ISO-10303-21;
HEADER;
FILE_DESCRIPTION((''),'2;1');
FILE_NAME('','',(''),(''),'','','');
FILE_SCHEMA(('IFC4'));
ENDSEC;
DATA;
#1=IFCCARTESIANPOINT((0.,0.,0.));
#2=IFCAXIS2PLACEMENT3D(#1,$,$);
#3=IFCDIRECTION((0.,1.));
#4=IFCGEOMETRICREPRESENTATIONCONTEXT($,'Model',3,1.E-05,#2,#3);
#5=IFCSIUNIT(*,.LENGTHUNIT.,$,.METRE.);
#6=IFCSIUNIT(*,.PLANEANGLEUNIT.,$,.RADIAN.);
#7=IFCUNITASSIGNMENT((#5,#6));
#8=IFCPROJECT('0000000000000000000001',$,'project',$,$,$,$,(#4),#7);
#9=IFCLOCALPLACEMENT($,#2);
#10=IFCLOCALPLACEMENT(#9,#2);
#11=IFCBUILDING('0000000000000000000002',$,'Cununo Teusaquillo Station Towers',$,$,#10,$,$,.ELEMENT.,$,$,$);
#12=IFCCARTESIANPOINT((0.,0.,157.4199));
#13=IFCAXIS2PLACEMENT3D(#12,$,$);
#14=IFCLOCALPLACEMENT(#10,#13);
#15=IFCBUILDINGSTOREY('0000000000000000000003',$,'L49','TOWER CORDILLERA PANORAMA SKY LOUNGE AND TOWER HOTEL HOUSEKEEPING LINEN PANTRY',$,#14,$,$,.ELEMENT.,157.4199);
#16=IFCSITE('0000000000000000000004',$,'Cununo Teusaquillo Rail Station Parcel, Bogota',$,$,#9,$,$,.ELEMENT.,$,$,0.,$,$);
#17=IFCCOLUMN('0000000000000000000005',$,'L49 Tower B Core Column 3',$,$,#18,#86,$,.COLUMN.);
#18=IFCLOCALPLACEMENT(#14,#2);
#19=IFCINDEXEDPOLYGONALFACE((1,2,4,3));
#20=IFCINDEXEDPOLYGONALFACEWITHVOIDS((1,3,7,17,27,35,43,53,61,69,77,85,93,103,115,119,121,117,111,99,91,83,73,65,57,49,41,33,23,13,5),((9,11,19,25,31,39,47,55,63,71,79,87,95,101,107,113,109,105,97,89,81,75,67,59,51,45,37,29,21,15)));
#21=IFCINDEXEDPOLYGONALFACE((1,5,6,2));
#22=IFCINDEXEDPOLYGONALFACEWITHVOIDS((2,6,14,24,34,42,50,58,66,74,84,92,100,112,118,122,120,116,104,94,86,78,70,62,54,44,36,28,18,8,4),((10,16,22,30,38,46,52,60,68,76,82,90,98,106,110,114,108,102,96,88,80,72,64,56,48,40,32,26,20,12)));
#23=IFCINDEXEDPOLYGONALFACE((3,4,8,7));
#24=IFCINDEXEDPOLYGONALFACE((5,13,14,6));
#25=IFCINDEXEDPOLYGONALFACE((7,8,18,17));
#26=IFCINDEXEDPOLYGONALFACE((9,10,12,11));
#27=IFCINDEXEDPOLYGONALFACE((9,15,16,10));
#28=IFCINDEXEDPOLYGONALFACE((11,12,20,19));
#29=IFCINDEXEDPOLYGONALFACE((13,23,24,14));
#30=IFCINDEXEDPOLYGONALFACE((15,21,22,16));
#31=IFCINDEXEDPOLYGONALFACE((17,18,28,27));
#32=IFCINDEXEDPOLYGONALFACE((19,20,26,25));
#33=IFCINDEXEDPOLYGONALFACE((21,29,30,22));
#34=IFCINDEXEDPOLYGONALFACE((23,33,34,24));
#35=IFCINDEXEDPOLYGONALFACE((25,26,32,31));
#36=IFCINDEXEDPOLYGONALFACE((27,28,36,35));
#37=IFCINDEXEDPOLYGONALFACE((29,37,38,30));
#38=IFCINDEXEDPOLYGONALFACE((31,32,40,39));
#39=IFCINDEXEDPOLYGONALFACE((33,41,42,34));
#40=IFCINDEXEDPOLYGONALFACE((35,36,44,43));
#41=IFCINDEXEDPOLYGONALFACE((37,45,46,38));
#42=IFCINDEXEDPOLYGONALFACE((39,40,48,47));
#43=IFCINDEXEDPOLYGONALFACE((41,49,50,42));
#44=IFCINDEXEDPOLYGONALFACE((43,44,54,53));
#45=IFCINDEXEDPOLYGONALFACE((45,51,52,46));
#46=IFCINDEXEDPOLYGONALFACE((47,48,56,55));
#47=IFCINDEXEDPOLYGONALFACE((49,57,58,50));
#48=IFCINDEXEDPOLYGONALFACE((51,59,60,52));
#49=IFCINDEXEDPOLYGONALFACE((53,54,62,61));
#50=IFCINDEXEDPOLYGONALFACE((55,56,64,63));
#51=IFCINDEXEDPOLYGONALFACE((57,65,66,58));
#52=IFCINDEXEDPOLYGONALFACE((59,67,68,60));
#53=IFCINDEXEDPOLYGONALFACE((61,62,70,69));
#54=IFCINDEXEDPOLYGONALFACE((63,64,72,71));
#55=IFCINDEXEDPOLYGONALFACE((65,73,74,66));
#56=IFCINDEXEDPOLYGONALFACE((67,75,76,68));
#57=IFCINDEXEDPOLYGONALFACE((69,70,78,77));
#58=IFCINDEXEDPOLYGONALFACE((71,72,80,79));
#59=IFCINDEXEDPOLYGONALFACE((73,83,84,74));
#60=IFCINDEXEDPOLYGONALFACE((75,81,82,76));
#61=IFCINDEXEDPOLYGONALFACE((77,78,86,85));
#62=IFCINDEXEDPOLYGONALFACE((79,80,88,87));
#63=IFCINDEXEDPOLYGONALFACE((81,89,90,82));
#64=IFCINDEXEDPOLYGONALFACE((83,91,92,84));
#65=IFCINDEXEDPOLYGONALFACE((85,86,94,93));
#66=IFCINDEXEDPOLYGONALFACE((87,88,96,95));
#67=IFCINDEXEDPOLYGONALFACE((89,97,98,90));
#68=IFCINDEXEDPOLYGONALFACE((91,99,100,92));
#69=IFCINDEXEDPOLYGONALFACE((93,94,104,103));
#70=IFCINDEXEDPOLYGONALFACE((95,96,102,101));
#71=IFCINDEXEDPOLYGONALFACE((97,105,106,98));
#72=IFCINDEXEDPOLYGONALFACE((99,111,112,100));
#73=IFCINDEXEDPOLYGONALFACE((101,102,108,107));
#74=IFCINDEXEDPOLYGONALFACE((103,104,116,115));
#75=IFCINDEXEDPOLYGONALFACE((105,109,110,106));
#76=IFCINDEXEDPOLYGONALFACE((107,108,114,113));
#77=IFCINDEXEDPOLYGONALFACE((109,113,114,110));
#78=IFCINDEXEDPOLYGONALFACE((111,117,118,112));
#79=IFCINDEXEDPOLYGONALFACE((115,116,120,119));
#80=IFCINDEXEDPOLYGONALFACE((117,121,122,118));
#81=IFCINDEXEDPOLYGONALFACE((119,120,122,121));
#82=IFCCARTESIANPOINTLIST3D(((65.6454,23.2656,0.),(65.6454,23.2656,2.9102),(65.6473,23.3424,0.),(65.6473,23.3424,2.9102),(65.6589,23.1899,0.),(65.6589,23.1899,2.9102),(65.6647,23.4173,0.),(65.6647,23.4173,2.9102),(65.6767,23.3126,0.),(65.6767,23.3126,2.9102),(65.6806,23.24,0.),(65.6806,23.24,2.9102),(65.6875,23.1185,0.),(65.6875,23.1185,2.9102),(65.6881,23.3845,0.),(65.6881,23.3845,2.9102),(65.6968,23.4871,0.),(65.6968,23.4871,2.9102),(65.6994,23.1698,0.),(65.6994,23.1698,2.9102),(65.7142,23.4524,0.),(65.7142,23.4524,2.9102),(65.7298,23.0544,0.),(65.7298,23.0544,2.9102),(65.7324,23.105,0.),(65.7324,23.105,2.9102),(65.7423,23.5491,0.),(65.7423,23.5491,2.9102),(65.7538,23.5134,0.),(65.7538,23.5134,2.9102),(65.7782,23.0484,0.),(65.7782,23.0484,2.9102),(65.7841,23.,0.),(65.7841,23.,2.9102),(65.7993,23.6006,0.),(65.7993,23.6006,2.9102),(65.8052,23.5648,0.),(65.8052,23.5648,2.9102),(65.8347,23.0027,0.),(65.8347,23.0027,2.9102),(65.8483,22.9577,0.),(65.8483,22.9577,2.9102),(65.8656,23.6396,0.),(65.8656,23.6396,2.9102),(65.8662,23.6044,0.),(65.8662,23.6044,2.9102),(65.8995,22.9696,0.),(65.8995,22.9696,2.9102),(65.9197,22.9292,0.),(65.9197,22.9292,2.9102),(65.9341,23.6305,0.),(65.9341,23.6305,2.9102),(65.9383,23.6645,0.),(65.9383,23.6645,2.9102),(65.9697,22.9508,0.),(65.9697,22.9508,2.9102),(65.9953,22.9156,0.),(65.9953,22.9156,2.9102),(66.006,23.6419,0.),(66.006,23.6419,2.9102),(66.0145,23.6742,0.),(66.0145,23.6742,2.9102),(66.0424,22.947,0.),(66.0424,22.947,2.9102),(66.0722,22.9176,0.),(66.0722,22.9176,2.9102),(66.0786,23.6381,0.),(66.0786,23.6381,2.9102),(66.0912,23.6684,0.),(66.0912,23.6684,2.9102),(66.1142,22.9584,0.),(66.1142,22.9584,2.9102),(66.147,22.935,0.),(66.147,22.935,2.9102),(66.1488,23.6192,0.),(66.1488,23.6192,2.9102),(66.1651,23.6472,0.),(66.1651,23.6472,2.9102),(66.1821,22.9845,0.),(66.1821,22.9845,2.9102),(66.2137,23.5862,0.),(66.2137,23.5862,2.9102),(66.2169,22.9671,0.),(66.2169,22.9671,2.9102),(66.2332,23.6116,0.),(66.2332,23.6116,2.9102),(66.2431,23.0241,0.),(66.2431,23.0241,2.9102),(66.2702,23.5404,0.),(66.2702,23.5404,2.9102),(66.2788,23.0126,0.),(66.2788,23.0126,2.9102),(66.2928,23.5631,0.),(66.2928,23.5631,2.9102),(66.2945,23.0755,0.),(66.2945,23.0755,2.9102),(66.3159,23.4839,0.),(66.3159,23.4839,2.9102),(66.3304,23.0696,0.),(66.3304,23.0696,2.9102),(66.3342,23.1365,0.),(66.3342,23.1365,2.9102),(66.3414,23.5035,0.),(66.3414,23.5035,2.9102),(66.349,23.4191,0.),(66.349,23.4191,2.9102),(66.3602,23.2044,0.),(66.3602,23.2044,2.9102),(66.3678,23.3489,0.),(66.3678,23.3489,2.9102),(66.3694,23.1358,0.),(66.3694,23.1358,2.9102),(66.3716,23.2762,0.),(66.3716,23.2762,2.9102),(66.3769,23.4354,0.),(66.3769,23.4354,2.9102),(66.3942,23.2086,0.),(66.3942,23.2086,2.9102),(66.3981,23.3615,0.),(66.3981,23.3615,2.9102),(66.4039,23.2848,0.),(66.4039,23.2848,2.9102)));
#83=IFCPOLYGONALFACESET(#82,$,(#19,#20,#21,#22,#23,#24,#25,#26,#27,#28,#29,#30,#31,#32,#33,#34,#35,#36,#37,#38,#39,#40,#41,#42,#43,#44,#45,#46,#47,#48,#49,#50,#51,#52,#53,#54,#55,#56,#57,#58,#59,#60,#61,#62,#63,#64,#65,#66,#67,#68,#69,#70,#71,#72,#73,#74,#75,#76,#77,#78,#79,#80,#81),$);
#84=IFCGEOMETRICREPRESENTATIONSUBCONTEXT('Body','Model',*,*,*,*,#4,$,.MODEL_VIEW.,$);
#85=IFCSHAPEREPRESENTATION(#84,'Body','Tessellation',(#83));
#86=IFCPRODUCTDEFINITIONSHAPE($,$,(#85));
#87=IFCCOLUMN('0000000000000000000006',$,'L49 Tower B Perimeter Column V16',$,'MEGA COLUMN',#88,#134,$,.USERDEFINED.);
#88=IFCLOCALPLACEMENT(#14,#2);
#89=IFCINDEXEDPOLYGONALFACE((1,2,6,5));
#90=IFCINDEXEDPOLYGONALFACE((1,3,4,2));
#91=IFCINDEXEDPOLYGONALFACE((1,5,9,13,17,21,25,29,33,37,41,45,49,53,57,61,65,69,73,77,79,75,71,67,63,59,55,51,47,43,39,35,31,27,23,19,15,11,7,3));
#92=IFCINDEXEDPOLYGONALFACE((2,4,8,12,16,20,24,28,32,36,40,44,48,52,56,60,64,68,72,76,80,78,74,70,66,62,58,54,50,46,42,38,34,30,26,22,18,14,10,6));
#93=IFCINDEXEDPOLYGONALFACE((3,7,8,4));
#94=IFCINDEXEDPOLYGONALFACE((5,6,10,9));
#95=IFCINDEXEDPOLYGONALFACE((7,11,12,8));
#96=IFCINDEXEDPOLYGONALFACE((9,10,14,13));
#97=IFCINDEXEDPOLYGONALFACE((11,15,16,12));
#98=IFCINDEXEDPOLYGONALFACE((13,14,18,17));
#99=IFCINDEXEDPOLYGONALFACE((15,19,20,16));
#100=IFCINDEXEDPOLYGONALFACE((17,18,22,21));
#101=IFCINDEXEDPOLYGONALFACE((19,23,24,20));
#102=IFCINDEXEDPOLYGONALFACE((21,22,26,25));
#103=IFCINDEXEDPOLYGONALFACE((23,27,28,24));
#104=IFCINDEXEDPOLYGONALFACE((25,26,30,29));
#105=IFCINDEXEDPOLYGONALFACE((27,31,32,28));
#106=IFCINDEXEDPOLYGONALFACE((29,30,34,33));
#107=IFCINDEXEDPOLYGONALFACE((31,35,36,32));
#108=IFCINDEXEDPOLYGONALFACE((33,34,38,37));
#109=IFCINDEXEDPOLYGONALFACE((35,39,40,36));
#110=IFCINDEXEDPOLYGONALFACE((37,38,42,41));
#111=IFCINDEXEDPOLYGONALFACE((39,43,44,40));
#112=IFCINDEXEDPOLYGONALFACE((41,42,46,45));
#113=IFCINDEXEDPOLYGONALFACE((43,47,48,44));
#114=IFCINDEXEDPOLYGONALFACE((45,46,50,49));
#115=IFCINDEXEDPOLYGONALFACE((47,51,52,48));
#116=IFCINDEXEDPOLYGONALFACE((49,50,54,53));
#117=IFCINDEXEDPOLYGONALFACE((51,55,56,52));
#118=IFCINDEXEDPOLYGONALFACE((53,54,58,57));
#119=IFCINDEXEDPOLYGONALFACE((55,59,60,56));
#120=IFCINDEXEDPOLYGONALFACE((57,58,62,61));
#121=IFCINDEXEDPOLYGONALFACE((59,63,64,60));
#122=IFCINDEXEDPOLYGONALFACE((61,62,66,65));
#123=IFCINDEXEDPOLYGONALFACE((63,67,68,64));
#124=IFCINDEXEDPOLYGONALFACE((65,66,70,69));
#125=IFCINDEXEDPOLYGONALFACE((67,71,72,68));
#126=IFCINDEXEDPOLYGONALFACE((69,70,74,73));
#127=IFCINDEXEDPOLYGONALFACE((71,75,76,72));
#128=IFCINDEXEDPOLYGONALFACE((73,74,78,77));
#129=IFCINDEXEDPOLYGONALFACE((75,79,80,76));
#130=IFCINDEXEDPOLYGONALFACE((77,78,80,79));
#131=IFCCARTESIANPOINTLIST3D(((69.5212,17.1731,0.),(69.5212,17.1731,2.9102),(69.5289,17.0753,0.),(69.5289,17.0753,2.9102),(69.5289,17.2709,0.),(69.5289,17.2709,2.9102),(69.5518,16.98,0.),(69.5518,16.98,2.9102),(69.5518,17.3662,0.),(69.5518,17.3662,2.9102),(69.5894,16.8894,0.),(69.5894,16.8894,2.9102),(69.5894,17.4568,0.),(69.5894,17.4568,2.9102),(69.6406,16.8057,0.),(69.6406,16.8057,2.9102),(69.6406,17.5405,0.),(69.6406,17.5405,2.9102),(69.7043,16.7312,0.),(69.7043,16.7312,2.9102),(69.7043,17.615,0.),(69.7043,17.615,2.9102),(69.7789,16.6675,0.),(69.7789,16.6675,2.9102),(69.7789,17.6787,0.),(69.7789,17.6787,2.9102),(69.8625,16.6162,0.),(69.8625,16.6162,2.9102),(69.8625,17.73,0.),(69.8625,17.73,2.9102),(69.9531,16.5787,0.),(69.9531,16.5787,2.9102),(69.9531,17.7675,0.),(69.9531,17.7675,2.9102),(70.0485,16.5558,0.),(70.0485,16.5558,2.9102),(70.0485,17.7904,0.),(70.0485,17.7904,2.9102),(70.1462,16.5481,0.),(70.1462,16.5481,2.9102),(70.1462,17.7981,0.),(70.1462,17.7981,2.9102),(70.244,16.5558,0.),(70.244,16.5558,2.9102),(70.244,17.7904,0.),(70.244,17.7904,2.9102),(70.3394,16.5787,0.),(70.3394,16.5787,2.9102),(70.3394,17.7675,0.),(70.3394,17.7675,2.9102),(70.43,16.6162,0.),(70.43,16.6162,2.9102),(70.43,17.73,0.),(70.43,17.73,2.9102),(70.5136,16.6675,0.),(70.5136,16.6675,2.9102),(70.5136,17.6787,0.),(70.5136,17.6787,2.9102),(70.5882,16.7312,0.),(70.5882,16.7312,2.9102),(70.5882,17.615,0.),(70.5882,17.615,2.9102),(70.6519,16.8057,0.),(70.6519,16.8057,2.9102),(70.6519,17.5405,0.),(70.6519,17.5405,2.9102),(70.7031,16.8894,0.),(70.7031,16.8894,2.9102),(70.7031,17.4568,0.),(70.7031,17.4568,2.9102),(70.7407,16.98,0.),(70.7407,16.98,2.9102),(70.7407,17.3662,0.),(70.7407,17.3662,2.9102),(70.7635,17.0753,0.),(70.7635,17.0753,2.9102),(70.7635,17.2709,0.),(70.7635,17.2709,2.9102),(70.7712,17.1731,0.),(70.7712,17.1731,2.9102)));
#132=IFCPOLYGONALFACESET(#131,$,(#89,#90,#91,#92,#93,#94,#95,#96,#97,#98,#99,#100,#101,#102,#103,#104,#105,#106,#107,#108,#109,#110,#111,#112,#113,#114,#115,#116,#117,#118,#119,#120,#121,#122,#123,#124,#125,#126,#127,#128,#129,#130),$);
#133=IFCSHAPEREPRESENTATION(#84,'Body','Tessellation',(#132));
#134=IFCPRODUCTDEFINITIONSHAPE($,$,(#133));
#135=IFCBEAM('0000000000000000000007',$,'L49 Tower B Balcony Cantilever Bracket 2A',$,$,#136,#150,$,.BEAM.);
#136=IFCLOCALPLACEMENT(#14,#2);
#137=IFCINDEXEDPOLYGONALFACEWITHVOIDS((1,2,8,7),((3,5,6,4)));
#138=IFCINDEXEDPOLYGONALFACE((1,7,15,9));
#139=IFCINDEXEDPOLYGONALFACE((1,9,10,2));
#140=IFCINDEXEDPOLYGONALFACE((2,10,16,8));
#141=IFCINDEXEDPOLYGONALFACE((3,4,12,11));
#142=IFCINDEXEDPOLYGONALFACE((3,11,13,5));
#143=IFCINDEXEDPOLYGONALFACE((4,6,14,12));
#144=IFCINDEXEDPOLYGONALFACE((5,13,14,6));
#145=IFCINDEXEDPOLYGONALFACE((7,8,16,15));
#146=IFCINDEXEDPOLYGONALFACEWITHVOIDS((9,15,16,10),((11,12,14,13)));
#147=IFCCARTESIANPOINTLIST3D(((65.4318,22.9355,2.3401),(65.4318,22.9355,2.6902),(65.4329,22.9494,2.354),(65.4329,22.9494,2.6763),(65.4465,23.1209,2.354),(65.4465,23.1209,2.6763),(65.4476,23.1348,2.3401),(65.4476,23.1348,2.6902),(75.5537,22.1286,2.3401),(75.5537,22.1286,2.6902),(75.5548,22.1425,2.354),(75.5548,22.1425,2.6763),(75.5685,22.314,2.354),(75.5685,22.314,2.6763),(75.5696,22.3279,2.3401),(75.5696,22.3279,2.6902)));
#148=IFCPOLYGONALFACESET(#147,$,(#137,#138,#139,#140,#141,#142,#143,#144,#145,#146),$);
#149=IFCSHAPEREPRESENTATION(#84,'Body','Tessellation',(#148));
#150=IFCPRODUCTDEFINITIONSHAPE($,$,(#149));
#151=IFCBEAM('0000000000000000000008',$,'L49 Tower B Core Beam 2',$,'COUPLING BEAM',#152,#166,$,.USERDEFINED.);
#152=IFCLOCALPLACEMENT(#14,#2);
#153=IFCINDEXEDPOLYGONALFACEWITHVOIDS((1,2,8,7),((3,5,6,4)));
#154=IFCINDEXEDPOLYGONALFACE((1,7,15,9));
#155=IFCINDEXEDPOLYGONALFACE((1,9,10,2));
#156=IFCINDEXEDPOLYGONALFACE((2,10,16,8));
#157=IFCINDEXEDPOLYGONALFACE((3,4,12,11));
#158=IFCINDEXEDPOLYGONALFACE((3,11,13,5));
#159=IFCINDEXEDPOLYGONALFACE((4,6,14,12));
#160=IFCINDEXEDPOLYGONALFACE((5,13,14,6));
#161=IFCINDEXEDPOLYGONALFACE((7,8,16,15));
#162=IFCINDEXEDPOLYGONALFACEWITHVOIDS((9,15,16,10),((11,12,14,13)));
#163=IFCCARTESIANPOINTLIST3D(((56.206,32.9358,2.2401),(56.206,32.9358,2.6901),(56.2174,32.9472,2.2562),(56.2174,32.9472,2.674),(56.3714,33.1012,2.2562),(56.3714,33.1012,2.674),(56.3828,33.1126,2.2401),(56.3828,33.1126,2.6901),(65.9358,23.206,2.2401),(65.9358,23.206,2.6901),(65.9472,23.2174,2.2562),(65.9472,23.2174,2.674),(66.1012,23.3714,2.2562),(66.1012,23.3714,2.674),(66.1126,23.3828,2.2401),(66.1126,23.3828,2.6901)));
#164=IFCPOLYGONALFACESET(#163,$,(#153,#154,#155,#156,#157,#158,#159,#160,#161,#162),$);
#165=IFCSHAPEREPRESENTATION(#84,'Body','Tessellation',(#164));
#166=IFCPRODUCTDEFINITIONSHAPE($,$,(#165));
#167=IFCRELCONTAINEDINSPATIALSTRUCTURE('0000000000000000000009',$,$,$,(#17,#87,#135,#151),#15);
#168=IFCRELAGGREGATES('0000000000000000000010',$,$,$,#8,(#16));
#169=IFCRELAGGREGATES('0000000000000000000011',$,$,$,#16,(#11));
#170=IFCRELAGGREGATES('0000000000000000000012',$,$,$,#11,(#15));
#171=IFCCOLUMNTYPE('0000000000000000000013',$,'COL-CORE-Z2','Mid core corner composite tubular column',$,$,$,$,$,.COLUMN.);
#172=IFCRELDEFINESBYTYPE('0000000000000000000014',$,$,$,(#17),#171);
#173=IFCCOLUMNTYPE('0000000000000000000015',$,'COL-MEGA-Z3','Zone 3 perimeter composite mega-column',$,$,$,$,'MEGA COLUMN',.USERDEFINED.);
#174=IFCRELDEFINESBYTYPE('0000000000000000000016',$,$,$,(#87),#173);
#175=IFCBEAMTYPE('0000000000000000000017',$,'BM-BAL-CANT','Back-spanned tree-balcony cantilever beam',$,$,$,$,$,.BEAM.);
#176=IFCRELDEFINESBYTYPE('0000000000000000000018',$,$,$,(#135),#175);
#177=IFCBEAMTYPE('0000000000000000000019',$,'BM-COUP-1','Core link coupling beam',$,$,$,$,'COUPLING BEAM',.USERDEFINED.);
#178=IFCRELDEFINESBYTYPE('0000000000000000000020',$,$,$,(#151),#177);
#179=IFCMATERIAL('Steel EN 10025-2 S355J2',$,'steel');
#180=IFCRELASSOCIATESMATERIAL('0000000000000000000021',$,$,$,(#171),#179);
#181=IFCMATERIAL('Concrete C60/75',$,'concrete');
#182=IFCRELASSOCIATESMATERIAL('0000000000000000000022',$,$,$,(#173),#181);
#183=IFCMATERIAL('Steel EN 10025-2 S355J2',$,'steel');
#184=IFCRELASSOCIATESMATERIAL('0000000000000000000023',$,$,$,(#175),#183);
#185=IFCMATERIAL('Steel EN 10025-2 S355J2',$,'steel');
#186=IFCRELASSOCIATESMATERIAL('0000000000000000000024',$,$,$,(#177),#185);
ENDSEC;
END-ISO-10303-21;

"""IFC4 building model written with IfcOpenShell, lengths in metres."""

from ifc_helpers import new_model, si_unit, direction, frame, origin, origin_2d, place, context, subcontext, project, spatial, hollow_rectangle, circle, hollow_circle, extrude, material, material_profile, profile_set, type_object, element, save


model = new_model("IFC4")

# Units and contexts
model_context = context("Model", 3, precision=1e-05, world=origin(), true_north=direction((0.0, 1.0)))
body_context = subcontext(model_context, "Body", "Model", "MODEL_VIEW")
ifc_project = project(units=[si_unit("LENGTHUNIT", "METRE"), si_unit("PLANEANGLEUNIT", "RADIAN")], contexts=[model_context])

# Site, building, storey
site_placement = place(None, origin())
site = spatial("IfcSite", under=ifc_project, at=site_placement, Name="Cununo Teusaquillo Rail Station Parcel, Bogota", CompositionType="ELEMENT", RefElevation=0.0)
building_placement = place(site_placement, origin())
building = spatial("IfcBuilding", under=site, at=building_placement, Name="Cununo Teusaquillo Station Towers", CompositionType="ELEMENT")
storey_placement = place(building_placement, frame((0.0, 0.0, 157.4199)))
storey = spatial("IfcBuildingStorey", under=building, at=storey_placement, Name="L49", Description="TOWER CORDILLERA PANORAMA SKY LOUNGE AND TOWER HOTEL HOUSEKEEPING LINEN PANTRY", CompositionType="ELEMENT", Elevation=157.4199)

# Columns
ifc_material_1 = material(Name="Steel EN 10025-2 S355J2", Category="steel")
ifc_material_profile_1 = material_profile(ifc_material_1, hollow_circle(Radius=0.3799, WallThickness=0.032, at=origin_2d()), Name="CHS 760x32")
ifc_profile_set_1 = profile_set([ifc_material_profile_1], Name="Steel EN 10025-2 S355J2")
column_type_1 = type_object("IfcColumnType", Name="COL-CORE-Z2", Description="Mid core corner composite tubular column", PredefinedType="COLUMN", material=ifc_profile_set_1)
column_1_placement = place(storey_placement, frame((66.0242, 23.2944, 0.0), z_axis=(0.0, 0.0, 1.0), x_axis=(0.707107, 0.707107, 0.0)))
element("IfcColumn", 1, at=column_1_placement, inside=storey, type_object=column_type_1, Name="L49 Tower B Core Column 3", PredefinedType="COLUMN", context=body_context, shape_type="SweptSolid", body=[
    extrude(hollow_circle(Radius=0.3799, WallThickness=0.032, at=origin_2d()), origin(), (0.0, 0.0, 1.0), 2.9102),
])
ifc_material_2 = material(Name="Concrete C60/75", Category="concrete")
ifc_material_profile_2 = material_profile(ifc_material_2, circle(Radius=0.625, at=origin_2d()), Name="RC-CIRC-1250")
ifc_profile_set_2 = profile_set([ifc_material_profile_2], Name="Concrete C60/75")
column_type_2 = type_object("IfcColumnType", Name="COL-MEGA-Z3", Description="Zone 3 perimeter composite mega-column", ElementType="MEGA COLUMN", PredefinedType="USERDEFINED", material=ifc_profile_set_2)
column_2_placement = place(storey_placement, frame((70.1462, 17.1731, 0.0), z_axis=(0.0, 0.0, 1.0), x_axis=(1.0, 0.0, 0.0)))
element("IfcColumn", 2, at=column_2_placement, inside=storey, type_object=column_type_2, Name="L49 Tower B Perimeter Column V16", ObjectType="MEGA COLUMN", PredefinedType="USERDEFINED", context=body_context, shape_type="SweptSolid", body=[
    extrude(circle(Radius=0.625, at=origin_2d()), origin(), (0.0, 0.0, 1.0), 2.9102),
])

# Beams
ifc_material_3 = material(Name="Steel EN 10025-2 S355J2", Category="steel")
ifc_material_profile_3 = material_profile(ifc_material_3, hollow_rectangle(XDim=0.2, YDim=0.3501, WallThickness=0.0139, at=origin_2d()), Name="RHS 350x200x14")
ifc_profile_set_3 = profile_set([ifc_material_profile_3], Name="Steel EN 10025-2 S355J2")
beam_type_1 = type_object("IfcBeamType", Name="BM-BAL-CANT", Description="Back-spanned tree-balcony cantilever beam", PredefinedType="BEAM", material=ifc_profile_set_3)
beam_1_placement = place(storey_placement, frame((65.4397, 23.0352, 2.5151), z_axis=(0.996838, -0.079465, 0.0), x_axis=(0.079465, 0.996838, 0.0)))
element("IfcBeam", 3, at=beam_1_placement, inside=storey, type_object=beam_type_1, Name="L49 Tower B Balcony Cantilever Bracket 2A", PredefinedType="BEAM", context=body_context, shape_type="SweptSolid", body=[
    extrude(hollow_rectangle(XDim=0.2, YDim=0.3501, WallThickness=0.0139, at=origin_2d()), origin(), (0.0, 0.0, 1.0), 10.1541),
])
ifc_material_4 = material(Name="Steel EN 10025-2 S355J2", Category="steel")
ifc_material_profile_4 = material_profile(ifc_material_4, hollow_rectangle(XDim=0.25, YDim=0.45, WallThickness=0.0161, at=origin_2d()), Name="RHS 450x250x16")
ifc_profile_set_4 = profile_set([ifc_material_profile_4], Name="Steel EN 10025-2 S355J2")
beam_type_2 = type_object("IfcBeamType", Name="BM-COUP-1", Description="Core link coupling beam", ElementType="COUPLING BEAM", PredefinedType="USERDEFINED", material=ifc_profile_set_4)
beam_2_placement = place(storey_placement, frame((66.0242, 23.2944, 2.4651), z_axis=(-0.707107, 0.707107, 0.0), x_axis=(-0.707107, -0.707107, 0.0)))
element("IfcBeam", 4, at=beam_2_placement, inside=storey, type_object=beam_type_2, Name="L49 Tower B Core Beam 2", ObjectType="COUPLING BEAM", PredefinedType="USERDEFINED", context=body_context, shape_type="SweptSolid", body=[
    extrude(hollow_rectangle(XDim=0.25, YDim=0.45, WallThickness=0.0161, at=origin_2d()), origin(), (0.0, 0.0, 1.0), 13.76),
])

save(model, "model.ifc")
